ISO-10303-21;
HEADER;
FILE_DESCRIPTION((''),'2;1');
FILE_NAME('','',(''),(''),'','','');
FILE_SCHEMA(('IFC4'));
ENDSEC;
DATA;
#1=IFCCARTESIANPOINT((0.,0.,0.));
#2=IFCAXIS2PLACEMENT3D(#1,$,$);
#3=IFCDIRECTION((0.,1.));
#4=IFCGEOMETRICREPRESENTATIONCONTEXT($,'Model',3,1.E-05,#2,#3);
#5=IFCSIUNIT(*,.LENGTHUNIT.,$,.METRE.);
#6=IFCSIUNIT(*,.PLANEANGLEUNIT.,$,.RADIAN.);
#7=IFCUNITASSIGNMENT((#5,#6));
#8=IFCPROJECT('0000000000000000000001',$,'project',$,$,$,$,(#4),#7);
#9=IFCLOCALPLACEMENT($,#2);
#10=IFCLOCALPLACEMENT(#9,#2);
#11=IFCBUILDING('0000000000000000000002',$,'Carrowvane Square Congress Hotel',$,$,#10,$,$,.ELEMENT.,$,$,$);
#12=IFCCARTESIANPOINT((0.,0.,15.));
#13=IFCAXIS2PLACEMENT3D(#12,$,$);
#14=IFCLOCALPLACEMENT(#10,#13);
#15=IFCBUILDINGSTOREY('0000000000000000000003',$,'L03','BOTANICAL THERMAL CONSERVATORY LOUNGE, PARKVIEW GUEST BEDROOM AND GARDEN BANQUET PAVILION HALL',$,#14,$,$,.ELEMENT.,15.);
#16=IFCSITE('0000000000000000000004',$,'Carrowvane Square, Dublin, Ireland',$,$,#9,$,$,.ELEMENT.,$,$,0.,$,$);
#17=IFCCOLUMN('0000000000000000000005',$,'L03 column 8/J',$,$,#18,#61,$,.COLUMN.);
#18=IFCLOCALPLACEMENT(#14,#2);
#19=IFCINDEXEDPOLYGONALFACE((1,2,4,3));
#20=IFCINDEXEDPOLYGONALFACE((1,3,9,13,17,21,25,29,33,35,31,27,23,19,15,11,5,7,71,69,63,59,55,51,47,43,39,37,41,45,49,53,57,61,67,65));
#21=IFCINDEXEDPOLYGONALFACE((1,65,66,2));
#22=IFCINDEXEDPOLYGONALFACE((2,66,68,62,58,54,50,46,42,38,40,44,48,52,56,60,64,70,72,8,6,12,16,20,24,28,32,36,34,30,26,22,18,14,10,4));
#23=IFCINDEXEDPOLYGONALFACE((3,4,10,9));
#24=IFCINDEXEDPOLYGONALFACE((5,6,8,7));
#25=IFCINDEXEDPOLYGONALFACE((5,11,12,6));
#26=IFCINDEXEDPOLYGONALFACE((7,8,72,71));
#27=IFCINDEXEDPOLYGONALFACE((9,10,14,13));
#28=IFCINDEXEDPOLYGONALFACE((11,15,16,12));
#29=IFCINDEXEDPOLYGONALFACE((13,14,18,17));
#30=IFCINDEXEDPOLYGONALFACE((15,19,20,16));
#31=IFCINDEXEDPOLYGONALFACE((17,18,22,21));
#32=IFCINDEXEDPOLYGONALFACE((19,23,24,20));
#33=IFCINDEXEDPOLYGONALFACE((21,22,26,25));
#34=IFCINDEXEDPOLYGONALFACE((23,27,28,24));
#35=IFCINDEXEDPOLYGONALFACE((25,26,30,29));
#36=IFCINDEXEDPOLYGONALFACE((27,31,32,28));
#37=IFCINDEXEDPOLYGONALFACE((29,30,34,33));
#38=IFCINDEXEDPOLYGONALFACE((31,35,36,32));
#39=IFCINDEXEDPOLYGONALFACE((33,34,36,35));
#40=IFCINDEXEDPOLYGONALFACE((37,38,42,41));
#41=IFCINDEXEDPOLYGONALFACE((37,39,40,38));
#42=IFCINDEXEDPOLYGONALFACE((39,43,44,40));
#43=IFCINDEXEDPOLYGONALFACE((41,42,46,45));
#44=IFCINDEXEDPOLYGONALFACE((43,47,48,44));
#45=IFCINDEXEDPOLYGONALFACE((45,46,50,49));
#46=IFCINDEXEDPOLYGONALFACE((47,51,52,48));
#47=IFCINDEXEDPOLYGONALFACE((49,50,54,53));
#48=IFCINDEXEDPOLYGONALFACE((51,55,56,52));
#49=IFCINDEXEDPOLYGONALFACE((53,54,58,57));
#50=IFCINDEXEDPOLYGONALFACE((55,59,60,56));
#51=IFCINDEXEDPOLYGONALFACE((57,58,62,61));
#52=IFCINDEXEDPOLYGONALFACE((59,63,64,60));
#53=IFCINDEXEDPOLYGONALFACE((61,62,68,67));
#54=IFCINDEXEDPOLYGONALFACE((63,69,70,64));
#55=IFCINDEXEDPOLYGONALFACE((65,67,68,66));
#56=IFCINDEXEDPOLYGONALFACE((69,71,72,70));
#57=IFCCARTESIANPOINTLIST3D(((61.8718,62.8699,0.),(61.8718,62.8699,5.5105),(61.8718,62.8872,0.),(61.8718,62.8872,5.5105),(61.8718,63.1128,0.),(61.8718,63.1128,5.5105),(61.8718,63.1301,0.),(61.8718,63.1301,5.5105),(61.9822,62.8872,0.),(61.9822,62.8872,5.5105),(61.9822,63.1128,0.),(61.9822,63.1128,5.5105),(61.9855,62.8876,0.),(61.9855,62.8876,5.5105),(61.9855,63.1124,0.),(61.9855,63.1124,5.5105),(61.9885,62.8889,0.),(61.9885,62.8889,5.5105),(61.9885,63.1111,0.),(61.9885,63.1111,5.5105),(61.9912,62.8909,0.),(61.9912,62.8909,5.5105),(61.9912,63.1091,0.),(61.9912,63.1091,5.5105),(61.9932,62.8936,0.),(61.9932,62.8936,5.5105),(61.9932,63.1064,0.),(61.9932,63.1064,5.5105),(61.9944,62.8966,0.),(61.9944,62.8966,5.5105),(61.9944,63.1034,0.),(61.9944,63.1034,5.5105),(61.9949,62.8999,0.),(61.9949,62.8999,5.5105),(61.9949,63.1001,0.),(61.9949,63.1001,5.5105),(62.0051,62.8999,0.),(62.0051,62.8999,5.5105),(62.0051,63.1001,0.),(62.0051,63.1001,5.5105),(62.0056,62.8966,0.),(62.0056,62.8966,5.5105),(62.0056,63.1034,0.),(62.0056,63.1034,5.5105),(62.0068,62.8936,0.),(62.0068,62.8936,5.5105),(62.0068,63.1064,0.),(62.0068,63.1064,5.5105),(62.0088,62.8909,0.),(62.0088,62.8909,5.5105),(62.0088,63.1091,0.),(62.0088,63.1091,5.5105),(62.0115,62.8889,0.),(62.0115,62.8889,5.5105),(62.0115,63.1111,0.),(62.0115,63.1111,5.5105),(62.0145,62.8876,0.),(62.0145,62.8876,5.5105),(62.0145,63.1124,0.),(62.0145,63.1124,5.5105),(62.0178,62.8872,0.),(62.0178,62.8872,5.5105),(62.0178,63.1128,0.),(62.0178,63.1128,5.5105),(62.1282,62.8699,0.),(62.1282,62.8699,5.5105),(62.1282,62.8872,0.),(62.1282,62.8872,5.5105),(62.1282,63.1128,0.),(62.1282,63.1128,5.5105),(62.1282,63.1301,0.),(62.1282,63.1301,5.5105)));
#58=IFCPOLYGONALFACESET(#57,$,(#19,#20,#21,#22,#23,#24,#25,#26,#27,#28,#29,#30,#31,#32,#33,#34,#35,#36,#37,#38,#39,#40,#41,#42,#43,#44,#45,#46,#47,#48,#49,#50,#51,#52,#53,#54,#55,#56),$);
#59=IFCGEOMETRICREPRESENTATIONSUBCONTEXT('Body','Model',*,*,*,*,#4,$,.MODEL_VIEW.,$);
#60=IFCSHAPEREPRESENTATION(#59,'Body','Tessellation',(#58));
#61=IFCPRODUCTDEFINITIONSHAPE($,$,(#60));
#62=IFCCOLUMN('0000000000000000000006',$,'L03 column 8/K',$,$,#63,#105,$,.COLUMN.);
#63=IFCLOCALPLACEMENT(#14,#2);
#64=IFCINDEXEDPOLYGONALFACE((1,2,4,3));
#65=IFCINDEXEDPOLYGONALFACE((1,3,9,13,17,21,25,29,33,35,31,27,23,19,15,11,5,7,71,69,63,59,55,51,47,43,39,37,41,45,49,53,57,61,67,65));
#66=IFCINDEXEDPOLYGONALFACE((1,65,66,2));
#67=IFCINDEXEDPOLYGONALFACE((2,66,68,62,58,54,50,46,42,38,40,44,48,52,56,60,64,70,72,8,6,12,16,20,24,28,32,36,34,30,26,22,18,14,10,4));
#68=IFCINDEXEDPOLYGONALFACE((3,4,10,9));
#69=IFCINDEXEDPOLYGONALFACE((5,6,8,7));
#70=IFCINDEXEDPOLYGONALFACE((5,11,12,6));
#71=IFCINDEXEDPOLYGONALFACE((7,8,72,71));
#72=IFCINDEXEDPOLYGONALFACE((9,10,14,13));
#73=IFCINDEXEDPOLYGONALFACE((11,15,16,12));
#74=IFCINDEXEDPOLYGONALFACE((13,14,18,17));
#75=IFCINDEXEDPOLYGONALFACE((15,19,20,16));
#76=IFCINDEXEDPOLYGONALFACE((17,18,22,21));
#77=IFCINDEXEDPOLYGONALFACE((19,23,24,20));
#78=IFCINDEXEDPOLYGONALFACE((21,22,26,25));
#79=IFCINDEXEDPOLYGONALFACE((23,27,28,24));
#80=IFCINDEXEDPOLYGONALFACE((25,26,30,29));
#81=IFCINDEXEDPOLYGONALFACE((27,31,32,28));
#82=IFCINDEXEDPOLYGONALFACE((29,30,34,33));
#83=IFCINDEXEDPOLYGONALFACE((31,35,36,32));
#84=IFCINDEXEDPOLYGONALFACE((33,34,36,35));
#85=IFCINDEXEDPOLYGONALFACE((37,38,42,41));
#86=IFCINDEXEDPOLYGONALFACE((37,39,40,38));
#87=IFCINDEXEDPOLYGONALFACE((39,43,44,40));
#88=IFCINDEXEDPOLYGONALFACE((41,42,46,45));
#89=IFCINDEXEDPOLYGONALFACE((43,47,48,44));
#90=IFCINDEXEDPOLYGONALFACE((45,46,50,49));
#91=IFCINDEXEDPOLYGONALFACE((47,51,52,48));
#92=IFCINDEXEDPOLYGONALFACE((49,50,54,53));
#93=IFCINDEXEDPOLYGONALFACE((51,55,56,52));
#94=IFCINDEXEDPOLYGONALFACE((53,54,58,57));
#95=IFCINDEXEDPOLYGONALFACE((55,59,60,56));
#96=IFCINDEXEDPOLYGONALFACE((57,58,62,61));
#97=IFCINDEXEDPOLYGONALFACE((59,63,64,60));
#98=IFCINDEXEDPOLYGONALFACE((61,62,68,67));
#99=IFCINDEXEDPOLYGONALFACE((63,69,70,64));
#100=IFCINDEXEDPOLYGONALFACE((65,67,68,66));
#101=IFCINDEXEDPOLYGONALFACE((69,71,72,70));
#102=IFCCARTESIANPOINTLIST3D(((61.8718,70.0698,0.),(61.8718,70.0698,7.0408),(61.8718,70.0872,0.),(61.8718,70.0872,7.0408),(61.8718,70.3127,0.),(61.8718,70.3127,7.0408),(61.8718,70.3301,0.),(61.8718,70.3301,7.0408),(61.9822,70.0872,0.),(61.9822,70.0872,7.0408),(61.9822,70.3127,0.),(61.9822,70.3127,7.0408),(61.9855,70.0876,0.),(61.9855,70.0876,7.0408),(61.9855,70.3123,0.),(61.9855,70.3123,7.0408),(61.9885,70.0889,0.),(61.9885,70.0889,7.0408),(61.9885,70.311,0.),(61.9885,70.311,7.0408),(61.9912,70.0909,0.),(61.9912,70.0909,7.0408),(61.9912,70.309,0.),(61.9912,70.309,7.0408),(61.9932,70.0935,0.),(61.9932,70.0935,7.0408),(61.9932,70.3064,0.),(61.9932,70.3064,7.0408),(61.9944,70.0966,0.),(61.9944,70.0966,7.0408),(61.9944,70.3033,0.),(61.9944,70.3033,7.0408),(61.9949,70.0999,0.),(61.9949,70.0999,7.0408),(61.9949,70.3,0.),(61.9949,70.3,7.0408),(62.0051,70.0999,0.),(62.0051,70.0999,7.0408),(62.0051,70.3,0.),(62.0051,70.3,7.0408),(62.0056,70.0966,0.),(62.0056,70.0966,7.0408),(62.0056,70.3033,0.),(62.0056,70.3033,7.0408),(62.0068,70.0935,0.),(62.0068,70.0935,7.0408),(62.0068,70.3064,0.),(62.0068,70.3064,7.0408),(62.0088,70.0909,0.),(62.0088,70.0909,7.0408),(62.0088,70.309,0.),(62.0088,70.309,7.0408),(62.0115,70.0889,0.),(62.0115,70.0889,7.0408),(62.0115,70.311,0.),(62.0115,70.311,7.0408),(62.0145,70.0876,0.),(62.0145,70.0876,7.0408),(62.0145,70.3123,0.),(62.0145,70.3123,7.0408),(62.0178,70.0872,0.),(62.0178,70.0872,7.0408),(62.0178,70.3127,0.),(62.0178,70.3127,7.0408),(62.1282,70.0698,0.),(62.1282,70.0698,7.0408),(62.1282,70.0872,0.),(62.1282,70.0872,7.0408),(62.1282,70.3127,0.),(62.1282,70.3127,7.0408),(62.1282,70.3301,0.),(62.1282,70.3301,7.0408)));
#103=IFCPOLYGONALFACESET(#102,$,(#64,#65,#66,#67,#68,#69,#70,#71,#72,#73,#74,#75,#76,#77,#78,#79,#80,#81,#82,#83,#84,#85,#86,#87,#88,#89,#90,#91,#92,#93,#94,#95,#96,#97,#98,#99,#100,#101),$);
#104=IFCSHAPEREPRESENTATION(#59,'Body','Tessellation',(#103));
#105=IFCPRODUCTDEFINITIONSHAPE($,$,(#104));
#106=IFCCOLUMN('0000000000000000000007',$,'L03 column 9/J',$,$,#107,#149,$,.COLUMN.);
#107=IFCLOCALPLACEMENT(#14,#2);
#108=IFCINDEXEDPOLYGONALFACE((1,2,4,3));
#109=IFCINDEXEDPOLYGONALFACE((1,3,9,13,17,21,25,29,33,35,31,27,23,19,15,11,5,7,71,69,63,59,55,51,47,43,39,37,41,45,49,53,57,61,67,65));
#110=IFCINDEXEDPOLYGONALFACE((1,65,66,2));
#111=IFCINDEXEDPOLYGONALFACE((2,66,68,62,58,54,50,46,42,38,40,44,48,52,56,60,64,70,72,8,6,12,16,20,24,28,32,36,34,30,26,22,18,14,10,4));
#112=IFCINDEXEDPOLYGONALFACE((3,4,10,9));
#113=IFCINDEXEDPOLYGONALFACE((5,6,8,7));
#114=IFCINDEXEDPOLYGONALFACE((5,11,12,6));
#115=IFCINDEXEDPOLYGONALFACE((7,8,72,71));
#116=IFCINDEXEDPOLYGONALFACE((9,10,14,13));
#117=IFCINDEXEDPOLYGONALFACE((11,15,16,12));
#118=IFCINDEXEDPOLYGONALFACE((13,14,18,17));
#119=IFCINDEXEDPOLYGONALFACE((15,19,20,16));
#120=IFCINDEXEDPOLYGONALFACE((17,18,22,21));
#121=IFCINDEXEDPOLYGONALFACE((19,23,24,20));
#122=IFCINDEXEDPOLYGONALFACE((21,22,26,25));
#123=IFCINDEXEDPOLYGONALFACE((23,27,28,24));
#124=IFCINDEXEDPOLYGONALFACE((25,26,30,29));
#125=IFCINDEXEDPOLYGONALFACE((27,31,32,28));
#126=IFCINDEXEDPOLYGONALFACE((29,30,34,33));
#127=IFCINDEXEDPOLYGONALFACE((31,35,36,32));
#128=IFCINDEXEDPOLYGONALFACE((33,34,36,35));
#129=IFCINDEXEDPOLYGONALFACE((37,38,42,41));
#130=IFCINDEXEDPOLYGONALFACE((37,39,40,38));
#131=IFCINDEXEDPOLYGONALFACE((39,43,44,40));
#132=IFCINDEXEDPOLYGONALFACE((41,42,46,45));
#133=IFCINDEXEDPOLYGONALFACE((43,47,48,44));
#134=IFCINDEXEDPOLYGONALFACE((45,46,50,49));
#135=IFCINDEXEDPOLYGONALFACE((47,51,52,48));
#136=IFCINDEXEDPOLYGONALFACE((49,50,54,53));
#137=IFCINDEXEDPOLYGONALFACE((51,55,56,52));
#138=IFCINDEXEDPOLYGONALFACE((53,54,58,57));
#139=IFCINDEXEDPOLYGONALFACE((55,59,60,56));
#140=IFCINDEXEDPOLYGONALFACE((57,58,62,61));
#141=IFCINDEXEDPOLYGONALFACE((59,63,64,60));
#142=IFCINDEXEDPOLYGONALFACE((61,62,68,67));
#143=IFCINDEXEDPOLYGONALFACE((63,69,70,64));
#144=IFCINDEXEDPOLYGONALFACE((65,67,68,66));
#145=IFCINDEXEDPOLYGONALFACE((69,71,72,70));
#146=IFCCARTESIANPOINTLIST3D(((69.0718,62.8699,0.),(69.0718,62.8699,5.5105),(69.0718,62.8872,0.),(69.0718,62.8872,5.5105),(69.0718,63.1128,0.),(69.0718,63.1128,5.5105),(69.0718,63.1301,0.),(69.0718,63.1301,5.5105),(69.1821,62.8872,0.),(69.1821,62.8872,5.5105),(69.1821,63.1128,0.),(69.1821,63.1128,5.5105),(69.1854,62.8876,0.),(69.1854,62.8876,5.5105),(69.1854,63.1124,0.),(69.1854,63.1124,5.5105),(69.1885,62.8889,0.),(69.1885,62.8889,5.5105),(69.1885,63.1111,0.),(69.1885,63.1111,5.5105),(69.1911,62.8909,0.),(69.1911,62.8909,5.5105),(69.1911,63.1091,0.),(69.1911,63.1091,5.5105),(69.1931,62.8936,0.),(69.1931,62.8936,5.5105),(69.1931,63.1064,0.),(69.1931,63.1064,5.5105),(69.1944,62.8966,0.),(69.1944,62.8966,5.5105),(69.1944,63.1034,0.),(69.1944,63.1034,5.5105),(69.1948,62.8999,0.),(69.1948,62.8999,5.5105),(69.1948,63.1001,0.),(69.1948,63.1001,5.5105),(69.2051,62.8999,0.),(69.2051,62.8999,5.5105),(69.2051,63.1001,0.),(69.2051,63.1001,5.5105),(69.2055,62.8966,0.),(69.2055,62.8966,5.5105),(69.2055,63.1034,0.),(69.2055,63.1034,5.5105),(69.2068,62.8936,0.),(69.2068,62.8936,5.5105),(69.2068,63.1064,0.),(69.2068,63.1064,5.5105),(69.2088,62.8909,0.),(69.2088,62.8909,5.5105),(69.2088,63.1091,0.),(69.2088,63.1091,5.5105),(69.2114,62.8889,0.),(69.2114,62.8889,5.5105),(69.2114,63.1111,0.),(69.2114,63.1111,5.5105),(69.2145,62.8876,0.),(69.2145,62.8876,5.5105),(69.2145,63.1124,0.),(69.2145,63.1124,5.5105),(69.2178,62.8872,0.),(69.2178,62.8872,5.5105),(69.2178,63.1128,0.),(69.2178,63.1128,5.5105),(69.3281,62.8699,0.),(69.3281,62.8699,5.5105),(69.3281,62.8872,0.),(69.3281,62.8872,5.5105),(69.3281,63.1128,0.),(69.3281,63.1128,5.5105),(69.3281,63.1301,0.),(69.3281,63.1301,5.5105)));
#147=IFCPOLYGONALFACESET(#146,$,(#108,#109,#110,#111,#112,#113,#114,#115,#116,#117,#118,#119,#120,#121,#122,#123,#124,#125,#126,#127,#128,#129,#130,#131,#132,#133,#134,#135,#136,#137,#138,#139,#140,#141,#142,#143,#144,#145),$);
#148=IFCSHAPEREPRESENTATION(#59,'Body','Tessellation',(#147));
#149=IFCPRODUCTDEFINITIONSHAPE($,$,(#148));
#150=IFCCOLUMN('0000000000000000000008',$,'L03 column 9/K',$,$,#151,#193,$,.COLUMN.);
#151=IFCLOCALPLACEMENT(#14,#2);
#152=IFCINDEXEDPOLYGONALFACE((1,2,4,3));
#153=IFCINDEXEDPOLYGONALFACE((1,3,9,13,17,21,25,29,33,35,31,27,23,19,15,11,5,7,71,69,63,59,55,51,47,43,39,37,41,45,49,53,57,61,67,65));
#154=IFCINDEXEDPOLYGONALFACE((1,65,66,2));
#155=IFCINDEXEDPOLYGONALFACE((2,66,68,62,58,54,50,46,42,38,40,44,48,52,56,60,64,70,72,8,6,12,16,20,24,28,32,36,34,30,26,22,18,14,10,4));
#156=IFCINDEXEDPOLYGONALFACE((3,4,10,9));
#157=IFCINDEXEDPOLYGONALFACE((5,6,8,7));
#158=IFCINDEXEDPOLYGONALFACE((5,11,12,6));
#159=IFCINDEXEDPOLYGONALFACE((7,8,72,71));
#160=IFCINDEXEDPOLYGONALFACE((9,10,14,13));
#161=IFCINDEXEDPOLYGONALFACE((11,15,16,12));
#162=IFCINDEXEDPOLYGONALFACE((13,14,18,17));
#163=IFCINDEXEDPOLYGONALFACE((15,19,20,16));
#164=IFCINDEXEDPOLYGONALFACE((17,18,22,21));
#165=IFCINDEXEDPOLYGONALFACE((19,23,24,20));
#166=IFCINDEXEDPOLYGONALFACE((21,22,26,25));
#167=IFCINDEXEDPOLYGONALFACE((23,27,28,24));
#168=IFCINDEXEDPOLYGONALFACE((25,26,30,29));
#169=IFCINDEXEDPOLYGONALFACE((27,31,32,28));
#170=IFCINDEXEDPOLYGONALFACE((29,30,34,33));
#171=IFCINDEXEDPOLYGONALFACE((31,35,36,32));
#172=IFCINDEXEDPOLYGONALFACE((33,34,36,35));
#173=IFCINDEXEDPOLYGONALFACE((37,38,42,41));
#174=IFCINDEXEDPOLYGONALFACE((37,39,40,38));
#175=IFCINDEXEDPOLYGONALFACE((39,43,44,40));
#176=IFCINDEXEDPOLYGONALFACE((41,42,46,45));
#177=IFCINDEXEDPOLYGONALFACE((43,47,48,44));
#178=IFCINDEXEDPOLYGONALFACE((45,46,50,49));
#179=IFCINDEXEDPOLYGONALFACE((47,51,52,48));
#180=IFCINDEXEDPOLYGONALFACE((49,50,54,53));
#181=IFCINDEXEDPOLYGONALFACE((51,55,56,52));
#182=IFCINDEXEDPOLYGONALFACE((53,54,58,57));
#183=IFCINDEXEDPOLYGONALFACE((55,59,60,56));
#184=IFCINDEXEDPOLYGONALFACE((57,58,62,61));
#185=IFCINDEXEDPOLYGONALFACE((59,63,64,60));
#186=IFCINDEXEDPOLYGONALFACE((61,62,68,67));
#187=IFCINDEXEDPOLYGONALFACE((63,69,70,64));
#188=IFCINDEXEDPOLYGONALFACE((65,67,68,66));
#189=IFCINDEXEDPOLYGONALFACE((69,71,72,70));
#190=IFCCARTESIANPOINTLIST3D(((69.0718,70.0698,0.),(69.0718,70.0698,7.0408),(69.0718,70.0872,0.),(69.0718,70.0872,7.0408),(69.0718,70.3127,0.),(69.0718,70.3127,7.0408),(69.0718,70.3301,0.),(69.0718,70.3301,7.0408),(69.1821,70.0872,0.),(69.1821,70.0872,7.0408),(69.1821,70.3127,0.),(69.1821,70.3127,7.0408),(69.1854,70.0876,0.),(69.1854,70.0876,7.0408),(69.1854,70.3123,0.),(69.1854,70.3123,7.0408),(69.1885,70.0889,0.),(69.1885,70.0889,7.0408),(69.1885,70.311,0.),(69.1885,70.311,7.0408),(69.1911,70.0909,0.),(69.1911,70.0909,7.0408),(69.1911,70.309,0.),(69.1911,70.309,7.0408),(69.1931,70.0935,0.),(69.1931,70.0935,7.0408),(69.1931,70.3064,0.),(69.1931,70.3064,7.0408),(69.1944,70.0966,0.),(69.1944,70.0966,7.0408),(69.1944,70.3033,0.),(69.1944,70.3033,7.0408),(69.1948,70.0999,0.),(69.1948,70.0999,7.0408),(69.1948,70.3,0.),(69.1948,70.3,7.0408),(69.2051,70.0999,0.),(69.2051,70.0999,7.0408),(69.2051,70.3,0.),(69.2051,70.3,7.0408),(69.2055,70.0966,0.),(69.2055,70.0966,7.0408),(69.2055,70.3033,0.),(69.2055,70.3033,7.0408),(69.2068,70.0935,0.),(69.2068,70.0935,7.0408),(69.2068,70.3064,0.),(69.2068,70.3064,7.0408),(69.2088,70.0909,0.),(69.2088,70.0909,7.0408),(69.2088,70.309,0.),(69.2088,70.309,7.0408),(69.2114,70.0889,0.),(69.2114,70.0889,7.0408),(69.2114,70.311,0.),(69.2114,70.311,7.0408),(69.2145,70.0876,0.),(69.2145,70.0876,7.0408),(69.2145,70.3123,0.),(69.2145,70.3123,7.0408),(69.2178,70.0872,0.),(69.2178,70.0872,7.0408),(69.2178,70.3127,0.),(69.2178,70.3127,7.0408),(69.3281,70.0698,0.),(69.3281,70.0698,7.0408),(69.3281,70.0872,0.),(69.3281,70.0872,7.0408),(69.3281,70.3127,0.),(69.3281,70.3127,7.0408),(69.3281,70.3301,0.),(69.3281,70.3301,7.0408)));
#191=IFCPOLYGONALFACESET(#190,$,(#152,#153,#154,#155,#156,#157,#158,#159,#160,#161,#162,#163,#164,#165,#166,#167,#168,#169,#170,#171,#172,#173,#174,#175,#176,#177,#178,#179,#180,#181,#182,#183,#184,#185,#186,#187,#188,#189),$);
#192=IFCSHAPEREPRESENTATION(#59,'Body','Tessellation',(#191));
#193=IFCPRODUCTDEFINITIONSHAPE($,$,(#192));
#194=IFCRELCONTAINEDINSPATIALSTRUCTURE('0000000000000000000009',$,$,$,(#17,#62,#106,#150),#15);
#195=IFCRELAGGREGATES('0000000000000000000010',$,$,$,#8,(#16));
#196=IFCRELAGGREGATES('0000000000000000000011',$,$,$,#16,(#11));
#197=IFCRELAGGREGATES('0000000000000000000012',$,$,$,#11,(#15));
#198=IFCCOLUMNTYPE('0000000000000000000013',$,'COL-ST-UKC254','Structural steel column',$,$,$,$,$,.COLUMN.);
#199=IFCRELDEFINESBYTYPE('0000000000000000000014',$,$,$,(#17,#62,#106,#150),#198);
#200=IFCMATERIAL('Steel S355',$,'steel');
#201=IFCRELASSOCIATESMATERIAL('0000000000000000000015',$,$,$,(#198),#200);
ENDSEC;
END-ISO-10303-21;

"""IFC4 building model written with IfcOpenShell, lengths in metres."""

from ifc_helpers import new_model, si_unit, direction, frame, origin, origin_2d, place, context, subcontext, project, spatial, i_section, extrude, material, material_profile, profile_set, type_object, element, save


model = new_model("IFC4")

# Units and contexts
model_context = context("Model", 3, precision=1e-05, world=origin(), true_north=direction((0.0, 1.0)))
body_context = subcontext(model_context, "Body", "Model", "MODEL_VIEW")
ifc_project = project(units=[si_unit("LENGTHUNIT", "METRE"), si_unit("PLANEANGLEUNIT", "RADIAN")], contexts=[model_context])

# Site, building, storey
site_placement = place(None, origin())
site = spatial("IfcSite", under=ifc_project, at=site_placement, Name="Carrowvane Square, Dublin, Ireland", CompositionType="ELEMENT", RefElevation=0.0)
building_placement = place(site_placement, origin())
building = spatial("IfcBuilding", under=site, at=building_placement, Name="Carrowvane Square Congress Hotel", CompositionType="ELEMENT")
storey_placement = place(building_placement, frame((0.0, 0.0, 15.0)))
storey = spatial("IfcBuildingStorey", under=building, at=storey_placement, Name="L03", Description="BOTANICAL THERMAL CONSERVATORY LOUNGE, PARKVIEW GUEST BEDROOM AND GARDEN BANQUET PAVILION HALL", CompositionType="ELEMENT", Elevation=15.0)

# Columns
ifc_material_1 = material(Name="Steel S355", Category="steel")
ifc_material_profile_1 = material_profile(ifc_material_1, i_section(OverallWidth=0.2563, OverallDepth=0.2603, WebThickness=0.0103, FlangeThickness=0.0173, FilletRadius=0.0127, at=origin_2d()), Name="UKC 254x254x89")
ifc_profile_set_1 = profile_set([ifc_material_profile_1], Name="Steel S355")
column_type = type_object("IfcColumnType", Name="COL-ST-UKC254", Description="Structural steel column", PredefinedType="COLUMN", material=ifc_profile_set_1)
column_1_placement = place(storey_placement, frame((62.0, 63.0, 0.0), z_axis=(0.0, 0.0, 1.0), x_axis=(1.0, 0.0, 0.0)))
element("IfcColumn", 1, at=column_1_placement, inside=storey, type_object=column_type, Name="L03 column 8/J", PredefinedType="COLUMN", context=body_context, shape_type="SweptSolid", body=[
    extrude(i_section(OverallWidth=0.2563, OverallDepth=0.2603, WebThickness=0.0103, FlangeThickness=0.0173, FilletRadius=0.0127, at=origin_2d()), origin(), (0.0, 0.0, 1.0), 5.5105),
])
column_2_placement = place(storey_placement, frame((62.0, 70.2, 0.0), z_axis=(0.0, 0.0, 1.0), x_axis=(1.0, 0.0, 0.0)))
element("IfcColumn", 2, at=column_2_placement, inside=storey, type_object=column_type, Name="L03 column 8/K", PredefinedType="COLUMN", context=body_context, shape_type="SweptSolid", body=[
    extrude(i_section(OverallWidth=0.2563, OverallDepth=0.2603, WebThickness=0.0103, FlangeThickness=0.0173, FilletRadius=0.0127, at=origin_2d()), origin(), (0.0, 0.0, 1.0), 7.0408),
])
column_3_placement = place(storey_placement, frame((69.2, 63.0, 0.0), z_axis=(0.0, 0.0, 1.0), x_axis=(1.0, 0.0, 0.0)))
element("IfcColumn", 3, at=column_3_placement, inside=storey, type_object=column_type, Name="L03 column 9/J", PredefinedType="COLUMN", context=body_context, shape_type="SweptSolid", body=[
    extrude(i_section(OverallWidth=0.2563, OverallDepth=0.2603, WebThickness=0.0103, FlangeThickness=0.0173, FilletRadius=0.0127, at=origin_2d()), origin(), (0.0, 0.0, 1.0), 5.5105),
])
column_4_placement = place(storey_placement, frame((69.2, 70.2, 0.0), z_axis=(0.0, 0.0, 1.0), x_axis=(1.0, 0.0, 0.0)))
element("IfcColumn", 4, at=column_4_placement, inside=storey, type_object=column_type, Name="L03 column 9/K", PredefinedType="COLUMN", context=body_context, shape_type="SweptSolid", body=[
    extrude(i_section(OverallWidth=0.2563, OverallDepth=0.2603, WebThickness=0.0103, FlangeThickness=0.0173, FilletRadius=0.0127, at=origin_2d()), origin(), (0.0, 0.0, 1.0), 7.0408),
])

save(model, "model.ifc")
